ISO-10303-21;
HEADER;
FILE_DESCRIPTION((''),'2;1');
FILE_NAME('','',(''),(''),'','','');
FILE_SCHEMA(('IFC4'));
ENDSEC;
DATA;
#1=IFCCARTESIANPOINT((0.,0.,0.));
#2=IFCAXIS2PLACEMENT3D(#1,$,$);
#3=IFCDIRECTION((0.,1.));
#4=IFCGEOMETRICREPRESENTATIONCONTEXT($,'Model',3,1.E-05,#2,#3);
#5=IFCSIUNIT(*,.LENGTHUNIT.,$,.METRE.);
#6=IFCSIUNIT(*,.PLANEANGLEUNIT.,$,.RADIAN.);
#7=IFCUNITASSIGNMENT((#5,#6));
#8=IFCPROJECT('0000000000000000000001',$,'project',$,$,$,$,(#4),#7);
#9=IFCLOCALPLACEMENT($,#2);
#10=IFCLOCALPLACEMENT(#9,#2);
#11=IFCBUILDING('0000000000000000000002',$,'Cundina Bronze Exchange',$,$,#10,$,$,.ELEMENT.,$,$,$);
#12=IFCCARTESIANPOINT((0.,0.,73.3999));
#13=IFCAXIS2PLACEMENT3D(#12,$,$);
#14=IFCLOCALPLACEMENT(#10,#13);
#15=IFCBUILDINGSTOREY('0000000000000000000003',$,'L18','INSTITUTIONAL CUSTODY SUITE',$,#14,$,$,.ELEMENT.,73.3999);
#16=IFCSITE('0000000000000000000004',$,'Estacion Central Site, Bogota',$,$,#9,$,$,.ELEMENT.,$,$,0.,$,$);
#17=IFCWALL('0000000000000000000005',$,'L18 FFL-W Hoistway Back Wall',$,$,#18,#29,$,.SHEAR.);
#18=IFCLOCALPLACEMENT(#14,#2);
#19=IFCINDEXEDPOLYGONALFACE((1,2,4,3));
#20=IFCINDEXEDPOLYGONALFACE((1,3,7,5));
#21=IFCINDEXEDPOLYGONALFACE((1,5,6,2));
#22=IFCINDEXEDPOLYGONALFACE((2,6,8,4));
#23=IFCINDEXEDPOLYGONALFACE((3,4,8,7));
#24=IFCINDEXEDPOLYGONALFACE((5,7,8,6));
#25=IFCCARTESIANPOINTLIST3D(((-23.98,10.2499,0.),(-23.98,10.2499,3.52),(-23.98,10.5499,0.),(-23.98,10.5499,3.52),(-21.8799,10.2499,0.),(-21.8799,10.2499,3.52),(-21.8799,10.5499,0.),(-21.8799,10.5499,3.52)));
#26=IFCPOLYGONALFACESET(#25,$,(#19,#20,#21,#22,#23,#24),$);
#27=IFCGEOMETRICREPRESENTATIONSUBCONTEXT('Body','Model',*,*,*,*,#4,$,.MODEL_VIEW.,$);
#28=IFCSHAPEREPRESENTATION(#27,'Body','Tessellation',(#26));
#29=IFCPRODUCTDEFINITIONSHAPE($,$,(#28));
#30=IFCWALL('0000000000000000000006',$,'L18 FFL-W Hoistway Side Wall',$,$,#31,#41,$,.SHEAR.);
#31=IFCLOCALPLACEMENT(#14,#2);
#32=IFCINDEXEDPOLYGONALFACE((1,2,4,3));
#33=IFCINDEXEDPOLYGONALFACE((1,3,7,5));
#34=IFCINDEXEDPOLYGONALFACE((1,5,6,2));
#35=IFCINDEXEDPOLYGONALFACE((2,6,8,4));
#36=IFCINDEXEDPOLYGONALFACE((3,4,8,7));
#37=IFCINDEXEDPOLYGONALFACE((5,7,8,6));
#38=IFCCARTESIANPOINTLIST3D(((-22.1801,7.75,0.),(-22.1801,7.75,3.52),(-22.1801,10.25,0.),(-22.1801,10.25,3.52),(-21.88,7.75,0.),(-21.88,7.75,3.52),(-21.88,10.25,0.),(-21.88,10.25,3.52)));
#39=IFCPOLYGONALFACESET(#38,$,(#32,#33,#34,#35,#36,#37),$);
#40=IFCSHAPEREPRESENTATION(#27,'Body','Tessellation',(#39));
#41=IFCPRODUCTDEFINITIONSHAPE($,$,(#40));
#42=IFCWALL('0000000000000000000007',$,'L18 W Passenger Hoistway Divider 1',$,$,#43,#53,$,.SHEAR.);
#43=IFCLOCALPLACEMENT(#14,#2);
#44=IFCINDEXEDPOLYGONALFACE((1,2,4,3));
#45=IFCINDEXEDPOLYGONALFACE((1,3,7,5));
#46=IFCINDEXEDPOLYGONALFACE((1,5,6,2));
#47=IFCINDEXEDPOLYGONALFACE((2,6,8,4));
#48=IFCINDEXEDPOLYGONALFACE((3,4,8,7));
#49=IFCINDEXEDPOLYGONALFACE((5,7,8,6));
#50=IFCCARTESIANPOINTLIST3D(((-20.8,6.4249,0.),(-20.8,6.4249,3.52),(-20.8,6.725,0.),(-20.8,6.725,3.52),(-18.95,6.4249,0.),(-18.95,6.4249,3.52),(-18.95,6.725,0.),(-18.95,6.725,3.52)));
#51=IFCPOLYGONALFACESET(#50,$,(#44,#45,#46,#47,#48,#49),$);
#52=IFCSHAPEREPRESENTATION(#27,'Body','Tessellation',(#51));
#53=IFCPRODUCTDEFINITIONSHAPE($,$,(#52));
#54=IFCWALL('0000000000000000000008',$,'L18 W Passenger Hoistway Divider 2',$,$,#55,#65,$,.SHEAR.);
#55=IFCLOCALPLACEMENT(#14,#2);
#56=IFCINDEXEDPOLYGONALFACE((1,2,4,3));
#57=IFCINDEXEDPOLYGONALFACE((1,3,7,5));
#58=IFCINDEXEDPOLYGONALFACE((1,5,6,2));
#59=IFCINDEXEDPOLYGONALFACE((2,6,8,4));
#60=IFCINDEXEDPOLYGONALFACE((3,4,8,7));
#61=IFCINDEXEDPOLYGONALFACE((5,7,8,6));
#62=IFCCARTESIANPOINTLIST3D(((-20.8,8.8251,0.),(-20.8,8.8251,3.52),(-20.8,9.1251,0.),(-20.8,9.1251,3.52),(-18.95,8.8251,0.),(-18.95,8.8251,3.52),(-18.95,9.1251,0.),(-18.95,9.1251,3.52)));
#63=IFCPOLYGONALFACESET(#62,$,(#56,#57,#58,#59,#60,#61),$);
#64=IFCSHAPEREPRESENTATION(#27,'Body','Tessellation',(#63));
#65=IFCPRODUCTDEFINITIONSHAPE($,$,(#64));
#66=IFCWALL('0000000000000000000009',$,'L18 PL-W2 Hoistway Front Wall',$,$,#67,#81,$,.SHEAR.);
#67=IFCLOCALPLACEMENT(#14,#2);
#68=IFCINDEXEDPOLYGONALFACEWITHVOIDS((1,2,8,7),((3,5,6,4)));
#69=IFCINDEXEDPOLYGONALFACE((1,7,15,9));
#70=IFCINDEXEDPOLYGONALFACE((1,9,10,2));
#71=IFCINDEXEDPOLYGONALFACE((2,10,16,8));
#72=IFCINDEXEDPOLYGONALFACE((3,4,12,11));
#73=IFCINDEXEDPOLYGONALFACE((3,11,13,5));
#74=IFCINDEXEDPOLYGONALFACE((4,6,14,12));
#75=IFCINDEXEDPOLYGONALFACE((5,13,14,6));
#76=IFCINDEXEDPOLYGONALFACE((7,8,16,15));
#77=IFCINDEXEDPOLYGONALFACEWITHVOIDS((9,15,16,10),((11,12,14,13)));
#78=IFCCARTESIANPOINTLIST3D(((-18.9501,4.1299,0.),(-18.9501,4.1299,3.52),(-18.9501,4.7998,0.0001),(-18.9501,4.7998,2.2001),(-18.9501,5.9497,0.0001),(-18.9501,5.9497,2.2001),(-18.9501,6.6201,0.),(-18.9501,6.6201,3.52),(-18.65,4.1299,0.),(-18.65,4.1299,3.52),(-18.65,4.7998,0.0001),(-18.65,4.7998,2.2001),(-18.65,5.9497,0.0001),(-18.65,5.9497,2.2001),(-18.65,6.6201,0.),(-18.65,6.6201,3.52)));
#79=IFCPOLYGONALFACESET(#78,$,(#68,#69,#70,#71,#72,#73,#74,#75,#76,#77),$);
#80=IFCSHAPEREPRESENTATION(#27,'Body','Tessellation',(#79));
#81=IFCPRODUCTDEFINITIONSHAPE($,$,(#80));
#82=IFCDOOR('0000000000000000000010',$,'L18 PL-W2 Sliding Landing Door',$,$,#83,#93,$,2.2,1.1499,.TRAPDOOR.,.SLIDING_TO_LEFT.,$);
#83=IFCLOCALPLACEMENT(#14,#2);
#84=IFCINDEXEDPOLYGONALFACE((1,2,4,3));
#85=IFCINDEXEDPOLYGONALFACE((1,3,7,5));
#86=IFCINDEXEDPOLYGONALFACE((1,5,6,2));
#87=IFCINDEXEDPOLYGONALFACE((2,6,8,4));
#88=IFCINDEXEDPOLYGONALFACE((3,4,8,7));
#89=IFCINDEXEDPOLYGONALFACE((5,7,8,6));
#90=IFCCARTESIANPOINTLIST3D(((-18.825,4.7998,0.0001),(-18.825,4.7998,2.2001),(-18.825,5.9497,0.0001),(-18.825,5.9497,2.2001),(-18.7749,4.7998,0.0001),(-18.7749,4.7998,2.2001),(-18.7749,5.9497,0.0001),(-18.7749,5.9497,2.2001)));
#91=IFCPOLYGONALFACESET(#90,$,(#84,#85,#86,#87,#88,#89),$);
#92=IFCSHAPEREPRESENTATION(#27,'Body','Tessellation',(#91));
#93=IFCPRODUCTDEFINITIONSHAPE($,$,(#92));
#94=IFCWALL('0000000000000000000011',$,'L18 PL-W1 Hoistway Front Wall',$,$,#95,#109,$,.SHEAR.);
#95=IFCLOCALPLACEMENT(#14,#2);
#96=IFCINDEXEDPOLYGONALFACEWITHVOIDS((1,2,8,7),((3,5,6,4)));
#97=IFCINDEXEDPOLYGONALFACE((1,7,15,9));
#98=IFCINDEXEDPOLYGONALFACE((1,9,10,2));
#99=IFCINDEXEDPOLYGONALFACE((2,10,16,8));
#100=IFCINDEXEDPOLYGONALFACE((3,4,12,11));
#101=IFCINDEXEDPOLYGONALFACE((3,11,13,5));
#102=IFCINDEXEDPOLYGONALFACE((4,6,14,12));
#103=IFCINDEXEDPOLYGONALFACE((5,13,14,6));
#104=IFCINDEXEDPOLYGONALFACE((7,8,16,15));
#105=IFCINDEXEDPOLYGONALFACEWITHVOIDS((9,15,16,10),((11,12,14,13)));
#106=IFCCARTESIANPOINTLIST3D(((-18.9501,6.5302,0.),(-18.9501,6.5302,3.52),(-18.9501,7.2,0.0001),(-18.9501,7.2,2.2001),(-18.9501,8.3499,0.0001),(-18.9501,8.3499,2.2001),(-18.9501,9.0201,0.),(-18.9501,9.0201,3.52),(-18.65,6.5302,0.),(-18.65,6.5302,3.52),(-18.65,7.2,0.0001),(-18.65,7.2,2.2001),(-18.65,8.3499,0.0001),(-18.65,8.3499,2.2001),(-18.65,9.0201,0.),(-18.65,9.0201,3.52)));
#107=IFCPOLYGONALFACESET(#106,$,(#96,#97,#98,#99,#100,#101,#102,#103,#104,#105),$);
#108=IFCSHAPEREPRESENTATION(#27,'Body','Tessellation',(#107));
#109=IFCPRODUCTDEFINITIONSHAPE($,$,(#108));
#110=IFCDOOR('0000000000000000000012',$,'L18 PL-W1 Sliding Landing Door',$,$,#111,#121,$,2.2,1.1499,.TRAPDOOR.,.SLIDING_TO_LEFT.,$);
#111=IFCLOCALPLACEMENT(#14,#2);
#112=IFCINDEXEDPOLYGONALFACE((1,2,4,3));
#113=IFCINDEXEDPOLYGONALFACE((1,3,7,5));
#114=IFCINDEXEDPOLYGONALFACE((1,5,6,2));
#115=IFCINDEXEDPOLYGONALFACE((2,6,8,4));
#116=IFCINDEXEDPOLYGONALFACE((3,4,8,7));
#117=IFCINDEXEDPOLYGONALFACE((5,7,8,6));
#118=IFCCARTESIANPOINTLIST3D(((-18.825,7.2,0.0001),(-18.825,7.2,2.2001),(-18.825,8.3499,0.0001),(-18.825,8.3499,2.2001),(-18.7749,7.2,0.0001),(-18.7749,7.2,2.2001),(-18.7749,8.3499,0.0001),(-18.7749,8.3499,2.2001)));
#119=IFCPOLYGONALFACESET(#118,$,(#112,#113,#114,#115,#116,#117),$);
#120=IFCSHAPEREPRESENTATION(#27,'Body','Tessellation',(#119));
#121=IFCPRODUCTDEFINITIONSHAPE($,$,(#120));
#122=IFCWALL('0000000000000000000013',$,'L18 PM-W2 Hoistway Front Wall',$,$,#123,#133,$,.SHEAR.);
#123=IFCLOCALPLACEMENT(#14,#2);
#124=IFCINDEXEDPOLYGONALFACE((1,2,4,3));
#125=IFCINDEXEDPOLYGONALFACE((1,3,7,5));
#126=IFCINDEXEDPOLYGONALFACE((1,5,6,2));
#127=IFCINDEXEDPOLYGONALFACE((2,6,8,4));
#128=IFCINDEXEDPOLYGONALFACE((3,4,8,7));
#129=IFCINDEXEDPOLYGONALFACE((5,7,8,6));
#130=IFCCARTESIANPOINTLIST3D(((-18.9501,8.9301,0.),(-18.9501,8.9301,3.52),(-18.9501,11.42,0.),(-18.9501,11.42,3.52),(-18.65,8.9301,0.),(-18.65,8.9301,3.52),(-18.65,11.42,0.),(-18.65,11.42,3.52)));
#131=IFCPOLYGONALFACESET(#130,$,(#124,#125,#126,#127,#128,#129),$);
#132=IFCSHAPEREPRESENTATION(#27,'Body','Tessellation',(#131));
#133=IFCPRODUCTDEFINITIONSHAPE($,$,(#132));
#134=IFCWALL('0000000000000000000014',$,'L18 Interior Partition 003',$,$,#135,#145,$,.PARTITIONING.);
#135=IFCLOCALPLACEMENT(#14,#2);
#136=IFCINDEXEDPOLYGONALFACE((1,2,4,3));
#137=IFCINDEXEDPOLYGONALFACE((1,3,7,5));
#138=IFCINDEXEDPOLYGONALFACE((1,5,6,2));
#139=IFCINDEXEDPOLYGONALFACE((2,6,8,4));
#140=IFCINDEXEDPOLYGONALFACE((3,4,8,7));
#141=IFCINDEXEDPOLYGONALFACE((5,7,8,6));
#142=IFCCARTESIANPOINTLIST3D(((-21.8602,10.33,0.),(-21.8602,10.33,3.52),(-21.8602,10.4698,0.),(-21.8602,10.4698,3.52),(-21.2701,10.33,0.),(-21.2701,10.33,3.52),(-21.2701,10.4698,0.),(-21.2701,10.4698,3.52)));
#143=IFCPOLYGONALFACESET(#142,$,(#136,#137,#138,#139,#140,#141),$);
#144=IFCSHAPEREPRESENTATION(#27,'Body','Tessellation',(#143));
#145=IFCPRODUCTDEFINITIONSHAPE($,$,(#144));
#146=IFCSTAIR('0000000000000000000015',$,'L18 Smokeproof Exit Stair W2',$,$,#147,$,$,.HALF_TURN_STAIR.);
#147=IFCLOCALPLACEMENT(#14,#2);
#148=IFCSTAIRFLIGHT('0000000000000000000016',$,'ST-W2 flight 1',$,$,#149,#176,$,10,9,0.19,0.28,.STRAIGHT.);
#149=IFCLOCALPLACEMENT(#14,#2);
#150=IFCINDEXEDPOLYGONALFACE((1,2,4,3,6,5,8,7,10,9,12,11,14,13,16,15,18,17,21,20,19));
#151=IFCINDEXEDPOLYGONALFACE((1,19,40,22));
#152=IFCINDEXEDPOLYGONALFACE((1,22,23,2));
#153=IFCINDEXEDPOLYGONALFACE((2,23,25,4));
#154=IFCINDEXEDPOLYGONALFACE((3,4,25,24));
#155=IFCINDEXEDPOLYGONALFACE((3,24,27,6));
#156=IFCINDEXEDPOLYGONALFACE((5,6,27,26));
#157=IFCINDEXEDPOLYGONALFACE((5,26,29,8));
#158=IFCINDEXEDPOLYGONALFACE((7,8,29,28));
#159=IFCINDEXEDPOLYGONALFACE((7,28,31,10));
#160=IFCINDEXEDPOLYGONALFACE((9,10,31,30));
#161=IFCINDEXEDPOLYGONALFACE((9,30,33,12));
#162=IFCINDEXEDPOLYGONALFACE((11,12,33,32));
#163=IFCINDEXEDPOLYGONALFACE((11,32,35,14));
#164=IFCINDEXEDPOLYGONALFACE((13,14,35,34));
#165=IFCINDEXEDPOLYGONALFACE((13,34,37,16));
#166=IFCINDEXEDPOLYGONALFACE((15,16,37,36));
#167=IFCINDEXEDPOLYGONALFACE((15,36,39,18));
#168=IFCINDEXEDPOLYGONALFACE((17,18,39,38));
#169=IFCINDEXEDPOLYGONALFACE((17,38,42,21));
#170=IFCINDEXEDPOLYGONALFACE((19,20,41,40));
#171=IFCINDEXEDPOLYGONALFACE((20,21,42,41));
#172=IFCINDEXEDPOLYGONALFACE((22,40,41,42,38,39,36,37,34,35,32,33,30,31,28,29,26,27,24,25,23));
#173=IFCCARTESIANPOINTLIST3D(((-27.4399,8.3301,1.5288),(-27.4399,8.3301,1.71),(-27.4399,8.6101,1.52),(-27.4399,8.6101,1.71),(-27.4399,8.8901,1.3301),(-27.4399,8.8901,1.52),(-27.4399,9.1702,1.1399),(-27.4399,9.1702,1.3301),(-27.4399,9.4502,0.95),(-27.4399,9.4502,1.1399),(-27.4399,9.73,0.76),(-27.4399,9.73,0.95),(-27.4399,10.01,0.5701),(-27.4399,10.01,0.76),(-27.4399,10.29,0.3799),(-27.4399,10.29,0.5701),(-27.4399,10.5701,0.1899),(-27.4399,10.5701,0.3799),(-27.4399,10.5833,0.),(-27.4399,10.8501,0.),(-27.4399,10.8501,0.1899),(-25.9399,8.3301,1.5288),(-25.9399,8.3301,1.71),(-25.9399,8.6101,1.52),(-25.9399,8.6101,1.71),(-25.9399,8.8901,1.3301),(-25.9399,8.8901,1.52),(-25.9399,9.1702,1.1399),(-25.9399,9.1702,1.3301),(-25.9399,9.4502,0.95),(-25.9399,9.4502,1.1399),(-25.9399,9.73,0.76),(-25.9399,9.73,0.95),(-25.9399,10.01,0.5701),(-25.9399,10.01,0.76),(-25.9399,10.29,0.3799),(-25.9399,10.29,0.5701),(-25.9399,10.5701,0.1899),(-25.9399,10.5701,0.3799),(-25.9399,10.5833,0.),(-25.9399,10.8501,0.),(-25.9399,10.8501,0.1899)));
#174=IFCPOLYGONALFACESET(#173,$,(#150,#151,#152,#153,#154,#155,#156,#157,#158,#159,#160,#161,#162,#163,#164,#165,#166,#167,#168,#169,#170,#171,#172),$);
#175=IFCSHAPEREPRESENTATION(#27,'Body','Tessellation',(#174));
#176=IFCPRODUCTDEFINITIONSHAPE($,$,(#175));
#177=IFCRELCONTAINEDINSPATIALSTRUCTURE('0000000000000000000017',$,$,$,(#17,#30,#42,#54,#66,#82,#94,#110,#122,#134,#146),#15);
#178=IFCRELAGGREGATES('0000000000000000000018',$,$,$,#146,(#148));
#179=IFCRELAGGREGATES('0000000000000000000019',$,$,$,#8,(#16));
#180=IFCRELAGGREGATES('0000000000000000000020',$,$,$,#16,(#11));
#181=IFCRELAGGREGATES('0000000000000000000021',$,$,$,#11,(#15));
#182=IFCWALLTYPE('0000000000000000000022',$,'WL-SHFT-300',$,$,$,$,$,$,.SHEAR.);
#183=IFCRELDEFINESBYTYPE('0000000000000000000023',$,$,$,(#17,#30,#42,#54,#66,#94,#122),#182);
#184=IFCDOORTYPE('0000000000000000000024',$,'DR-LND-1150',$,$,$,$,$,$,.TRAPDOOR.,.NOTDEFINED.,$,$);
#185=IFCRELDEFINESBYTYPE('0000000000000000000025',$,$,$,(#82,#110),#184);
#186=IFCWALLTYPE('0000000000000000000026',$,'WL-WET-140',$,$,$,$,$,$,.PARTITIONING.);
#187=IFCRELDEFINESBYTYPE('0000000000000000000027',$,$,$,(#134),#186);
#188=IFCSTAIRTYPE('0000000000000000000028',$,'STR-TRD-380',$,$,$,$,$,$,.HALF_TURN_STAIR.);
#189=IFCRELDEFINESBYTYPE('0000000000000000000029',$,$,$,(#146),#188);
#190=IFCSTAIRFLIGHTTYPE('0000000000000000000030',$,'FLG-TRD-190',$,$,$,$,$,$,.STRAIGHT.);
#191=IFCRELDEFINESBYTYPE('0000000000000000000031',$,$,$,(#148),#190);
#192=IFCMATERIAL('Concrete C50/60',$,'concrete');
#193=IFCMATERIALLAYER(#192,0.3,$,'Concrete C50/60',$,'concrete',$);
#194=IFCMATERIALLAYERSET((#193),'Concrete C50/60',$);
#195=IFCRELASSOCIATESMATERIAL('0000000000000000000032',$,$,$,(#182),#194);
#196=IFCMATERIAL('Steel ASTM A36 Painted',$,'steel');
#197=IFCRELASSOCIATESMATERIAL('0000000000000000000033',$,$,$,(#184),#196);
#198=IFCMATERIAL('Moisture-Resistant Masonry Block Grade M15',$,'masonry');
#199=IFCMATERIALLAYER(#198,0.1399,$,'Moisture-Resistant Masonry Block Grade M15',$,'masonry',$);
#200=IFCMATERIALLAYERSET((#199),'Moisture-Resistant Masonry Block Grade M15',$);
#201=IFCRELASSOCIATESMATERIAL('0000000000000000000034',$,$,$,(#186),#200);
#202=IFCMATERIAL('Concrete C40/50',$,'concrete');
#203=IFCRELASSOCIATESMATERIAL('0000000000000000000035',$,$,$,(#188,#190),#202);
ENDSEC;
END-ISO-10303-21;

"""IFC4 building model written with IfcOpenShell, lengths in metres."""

from ifc_helpers import new_model, si_unit, direction, frame, frame_2d, origin, place, context, subcontext, project, spatial, polyline, rectangle, outline, extrude, material, layer, layer_set, type_object, element, fill, aggregate, save


model = new_model("IFC4")

# Units and contexts
model_context = context("Model", 3, precision=1e-05, world=origin(), true_north=direction((0.0, 1.0)))
body_context = subcontext(model_context, "Body", "Model", "MODEL_VIEW")
ifc_project = project(units=[si_unit("LENGTHUNIT", "METRE"), si_unit("PLANEANGLEUNIT", "RADIAN")], contexts=[model_context])

# Site, building, storey
site_placement = place(None, origin())
site = spatial("IfcSite", under=ifc_project, at=site_placement, Name="Estacion Central Site, Bogota", CompositionType="ELEMENT", RefElevation=0.0)
building_placement = place(site_placement, origin())
building = spatial("IfcBuilding", under=site, at=building_placement, Name="Cundina Bronze Exchange", CompositionType="ELEMENT")
storey_placement = place(building_placement, frame((0.0, 0.0, 73.3999)))
storey = spatial("IfcBuildingStorey", under=building, at=storey_placement, Name="L18", Description="INSTITUTIONAL CUSTODY SUITE", CompositionType="ELEMENT", Elevation=73.3999)

# Shared definitions
ifc_material_1 = material(Name="Concrete C50/60", Category="concrete")
ifc_layer_1 = layer(ifc_material_1, 0.3, Name="Concrete C50/60", Category="concrete")
ifc_layer_set_1 = layer_set([ifc_layer_1], Name="Concrete C50/60")
wall_type_1 = type_object("IfcWallType", Name="WL-SHFT-300", PredefinedType="SHEAR", material=ifc_layer_set_1)

# Shared definitions
ifc_material_2 = material(Name="Steel ASTM A36 Painted", Category="steel")
door_type = type_object("IfcDoorType", Name="DR-LND-1150", OperationType="NOTDEFINED", PredefinedType="TRAPDOOR", material=ifc_material_2)

# Walls
wall_1_placement = place(storey_placement, frame((-23.98, 10.3999, 0.0), z_axis=(0.0, 0.0, 1.0), x_axis=(1.0, 0.0, 0.0)))
element("IfcWall", 1, at=wall_1_placement, inside=storey, type_object=wall_type_1, Name="L18 FFL-W Hoistway Back Wall", PredefinedType="SHEAR", context=body_context, shape_type="SweptSolid", body=[
    extrude(rectangle(XDim=2.1001, YDim=0.3, at=frame_2d((1.05, 0.0))), origin(), (0.0, 0.0, 1.0), 3.52),
])
wall_2_placement = place(storey_placement, frame((-22.03, 7.75, 0.0), z_axis=(0.0, 0.0, 1.0), x_axis=(0.0, 1.0, 0.0)))
element("IfcWall", 2, at=wall_2_placement, inside=storey, type_object=wall_type_1, Name="L18 FFL-W Hoistway Side Wall", PredefinedType="SHEAR", context=body_context, shape_type="SweptSolid", body=[
    extrude(rectangle(XDim=2.5, YDim=0.3, at=frame_2d((1.25, 0.0))), origin(), (0.0, 0.0, 1.0), 3.52),
])
for number, where, z_axis, x_axis, name in (
    (3, (-20.8, 6.575, 0.0), (0.0, 0.0, 1.0), (1.0, 0.0, 0.0), "L18 W Passenger Hoistway Divider 1"),
    (4, (-20.8, 8.9751, 0.0), (0.0, 0.0, 1.0), (1.0, 0.0, 0.0), "L18 W Passenger Hoistway Divider 2"),
):
    element("IfcWall", number, at=place(storey_placement, frame(where, z_axis=z_axis, x_axis=x_axis)), inside=storey, type_object=wall_type_1, Name=name, PredefinedType="SHEAR", context=body_context, shape_type="SweptSolid", body=[
        extrude(rectangle(XDim=1.8501, YDim=0.3, at=frame_2d((0.925, 0.0))), origin(), (0.0, 0.0, 1.0), 3.52),
    ])

# Walls, openings, doors
wall_3_placement = place(storey_placement, frame((-18.8, 4.1299, 0.0), z_axis=(0.0, 0.0, 1.0), x_axis=(0.0, 1.0, 0.0)))
wall_3 = element("IfcWall", 5, at=wall_3_placement, inside=storey, type_object=wall_type_1, Name="L18 PL-W2 Hoistway Front Wall", PredefinedType="SHEAR", context=body_context, shape_type="SweptSolid", body=[
    extrude(rectangle(XDim=2.4902, YDim=0.3, at=frame_2d((1.2451, 0.0))), origin(), (0.0, 0.0, 1.0), 3.52),
])
opening_1_placement = place(wall_3_placement, frame((0.6699, 0.0, 0.0)))
opening_1 = element("IfcOpeningElement", 6, at=opening_1_placement, cuts=wall_3, PredefinedType="OPENING", context=body_context, shape_type="SweptSolid", body=[
    extrude(rectangle(XDim=1.1499, YDim=2.2, at=frame_2d((0.575, 1.1001))), frame((0.0, 0.1599, 0.0), z_axis=(0.0, -1.0, 0.0), x_axis=(1.0, 0.0, 0.0)), (0.0, 0.0, 1.0), 0.3201),
])
door_1_placement = place(opening_1_placement, origin())
door_1 = element("IfcDoor", 7, at=door_1_placement, inside=storey, type_object=door_type, Name="L18 PL-W2 Sliding Landing Door", OperationType="SLIDING_TO_LEFT", OverallHeight=2.2, OverallWidth=1.1499, PredefinedType="TRAPDOOR", context=body_context, shape_type="SweptSolid", body=[
    extrude(rectangle(XDim=1.1499, YDim=2.2, at=frame_2d((0.575, 1.1001))), frame((0.0, 0.0249, 0.0), z_axis=(0.0, -1.0, 0.0), x_axis=(1.0, 0.0, 0.0)), (0.0, 0.0, 1.0), 0.05),
])
fill(opening_1, door_1)
wall_4_placement = place(storey_placement, frame((-18.8, 6.53, 0.0), z_axis=(0.0, 0.0, 1.0), x_axis=(0.0, 1.0, 0.0)))
wall_4 = element("IfcWall", 8, at=wall_4_placement, inside=storey, type_object=wall_type_1, Name="L18 PL-W1 Hoistway Front Wall", PredefinedType="SHEAR", context=body_context, shape_type="SweptSolid", body=[
    extrude(rectangle(XDim=2.49, YDim=0.3, at=frame_2d((1.2451, 0.0))), origin(), (0.0, 0.0, 1.0), 3.52),
])
opening_2_placement = place(wall_4_placement, frame((0.6699, 0.0, 0.0)))
opening_2 = element("IfcOpeningElement", 9, at=opening_2_placement, cuts=wall_4, PredefinedType="OPENING", context=body_context, shape_type="SweptSolid", body=[
    extrude(rectangle(XDim=1.1499, YDim=2.2, at=frame_2d((0.575, 1.1001))), frame((0.0, 0.1599, 0.0), z_axis=(0.0, -1.0, 0.0), x_axis=(1.0, 0.0, 0.0)), (0.0, 0.0, 1.0), 0.3201),
])
door_2_placement = place(opening_2_placement, origin())
door_2 = element("IfcDoor", 10, at=door_2_placement, inside=storey, type_object=door_type, Name="L18 PL-W1 Sliding Landing Door", OperationType="SLIDING_TO_LEFT", OverallHeight=2.2, OverallWidth=1.1499, PredefinedType="TRAPDOOR", context=body_context, shape_type="SweptSolid", body=[
    extrude(rectangle(XDim=1.1499, YDim=2.2, at=frame_2d((0.575, 1.1001))), frame((0.0, 0.0249, 0.0), z_axis=(0.0, -1.0, 0.0), x_axis=(1.0, 0.0, 0.0)), (0.0, 0.0, 1.0), 0.05),
])
fill(opening_2, door_2)

# Walls
wall_5_placement = place(storey_placement, frame((-18.8, 8.9299, 0.0), z_axis=(0.0, 0.0, 1.0), x_axis=(0.0, 1.0, 0.0)))
element("IfcWall", 11, at=wall_5_placement, inside=storey, type_object=wall_type_1, Name="L18 PM-W2 Hoistway Front Wall", PredefinedType="SHEAR", context=body_context, shape_type="SweptSolid", body=[
    extrude(rectangle(XDim=2.49, YDim=0.3, at=frame_2d((1.2451, 0.0))), origin(), (0.0, 0.0, 1.0), 3.52),
])
ifc_material_3 = material(Name="Moisture-Resistant Masonry Block Grade M15", Category="masonry")
ifc_layer_2 = layer(ifc_material_3, 0.1399, Name="Moisture-Resistant Masonry Block Grade M15", Category="masonry")
ifc_layer_set_2 = layer_set([ifc_layer_2], Name="Moisture-Resistant Masonry Block Grade M15")
wall_type_2 = type_object("IfcWallType", Name="WL-WET-140", PredefinedType="PARTITIONING", material=ifc_layer_set_2)
wall_6_placement = place(storey_placement, frame((-21.8601, 10.3999, 0.0), z_axis=(0.0, 0.0, 1.0), x_axis=(1.0, 0.0, 0.0)))
element("IfcWall", 12, at=wall_6_placement, inside=storey, type_object=wall_type_2, Name="L18 Interior Partition 003", PredefinedType="PARTITIONING", context=body_context, shape_type="SweptSolid", body=[
    extrude(rectangle(XDim=0.5901, YDim=0.1399, at=frame_2d((0.2949, 0.0))), origin(), (0.0, 0.0, 1.0), 3.52),
])

# Stair, stair flight
ifc_material_4 = material(Name="Concrete C40/50", Category="concrete")
stair_type = type_object("IfcStairType", Name="STR-TRD-380", PredefinedType="HALF_TURN_STAIR", material=ifc_material_4)
stair_placement = place(storey_placement, origin())
stair = element("IfcStair", 13, at=stair_placement, inside=storey, type_object=stair_type, Name="L18 Smokeproof Exit Stair W2", PredefinedType="HALF_TURN_STAIR")
stair_flight_type = type_object("IfcStairFlightType", Name="FLG-TRD-190", PredefinedType="STRAIGHT", material=ifc_material_4)
stair_flight_1_placement = place(storey_placement, frame((-26.6899, 10.8501, 0.0), z_axis=(0.0, 0.0, 1.0), x_axis=(0.0, -1.0, 0.0)))
stair_flight_1 = element("IfcStairFlight", 14, at=stair_flight_1_placement, type_object=stair_flight_type, Name="ST-W2 flight 1", NumberOfRisers=10, NumberOfTreads=9, PredefinedType="STRAIGHT", RiserHeight=0.19, TreadLength=0.28, context=body_context, shape_type="SweptSolid", body=[
    extrude(outline(polyline([(0.0, 0.0), (0.0, 0.1899), (0.28, 0.1899), (0.28, 0.3799), (0.5601, 0.3799), (0.5601, 0.5701), (0.8401, 0.5701), (0.8401, 0.76), (1.1201, 0.76), (1.1201, 0.95), (1.3999, 0.95), (1.3999, 1.1399), (1.6799, 1.1399), (1.6799, 1.3301), (1.96, 1.3301), (1.96, 1.52), (2.24, 1.52), (2.24, 1.71), (2.52, 1.71), (2.52, 1.8999), (2.52, 1.5288), (0.2668, 0.0), (0.0, 0.0)])), frame((0.0, 0.75, 0.0), z_axis=(0.0, -1.0, 0.0), x_axis=(1.0, 0.0, 0.0)), (0.0, 0.0, 1.0), 1.5),
])
aggregate(stair, [stair_flight_1])

save(model, "model.ifc")
